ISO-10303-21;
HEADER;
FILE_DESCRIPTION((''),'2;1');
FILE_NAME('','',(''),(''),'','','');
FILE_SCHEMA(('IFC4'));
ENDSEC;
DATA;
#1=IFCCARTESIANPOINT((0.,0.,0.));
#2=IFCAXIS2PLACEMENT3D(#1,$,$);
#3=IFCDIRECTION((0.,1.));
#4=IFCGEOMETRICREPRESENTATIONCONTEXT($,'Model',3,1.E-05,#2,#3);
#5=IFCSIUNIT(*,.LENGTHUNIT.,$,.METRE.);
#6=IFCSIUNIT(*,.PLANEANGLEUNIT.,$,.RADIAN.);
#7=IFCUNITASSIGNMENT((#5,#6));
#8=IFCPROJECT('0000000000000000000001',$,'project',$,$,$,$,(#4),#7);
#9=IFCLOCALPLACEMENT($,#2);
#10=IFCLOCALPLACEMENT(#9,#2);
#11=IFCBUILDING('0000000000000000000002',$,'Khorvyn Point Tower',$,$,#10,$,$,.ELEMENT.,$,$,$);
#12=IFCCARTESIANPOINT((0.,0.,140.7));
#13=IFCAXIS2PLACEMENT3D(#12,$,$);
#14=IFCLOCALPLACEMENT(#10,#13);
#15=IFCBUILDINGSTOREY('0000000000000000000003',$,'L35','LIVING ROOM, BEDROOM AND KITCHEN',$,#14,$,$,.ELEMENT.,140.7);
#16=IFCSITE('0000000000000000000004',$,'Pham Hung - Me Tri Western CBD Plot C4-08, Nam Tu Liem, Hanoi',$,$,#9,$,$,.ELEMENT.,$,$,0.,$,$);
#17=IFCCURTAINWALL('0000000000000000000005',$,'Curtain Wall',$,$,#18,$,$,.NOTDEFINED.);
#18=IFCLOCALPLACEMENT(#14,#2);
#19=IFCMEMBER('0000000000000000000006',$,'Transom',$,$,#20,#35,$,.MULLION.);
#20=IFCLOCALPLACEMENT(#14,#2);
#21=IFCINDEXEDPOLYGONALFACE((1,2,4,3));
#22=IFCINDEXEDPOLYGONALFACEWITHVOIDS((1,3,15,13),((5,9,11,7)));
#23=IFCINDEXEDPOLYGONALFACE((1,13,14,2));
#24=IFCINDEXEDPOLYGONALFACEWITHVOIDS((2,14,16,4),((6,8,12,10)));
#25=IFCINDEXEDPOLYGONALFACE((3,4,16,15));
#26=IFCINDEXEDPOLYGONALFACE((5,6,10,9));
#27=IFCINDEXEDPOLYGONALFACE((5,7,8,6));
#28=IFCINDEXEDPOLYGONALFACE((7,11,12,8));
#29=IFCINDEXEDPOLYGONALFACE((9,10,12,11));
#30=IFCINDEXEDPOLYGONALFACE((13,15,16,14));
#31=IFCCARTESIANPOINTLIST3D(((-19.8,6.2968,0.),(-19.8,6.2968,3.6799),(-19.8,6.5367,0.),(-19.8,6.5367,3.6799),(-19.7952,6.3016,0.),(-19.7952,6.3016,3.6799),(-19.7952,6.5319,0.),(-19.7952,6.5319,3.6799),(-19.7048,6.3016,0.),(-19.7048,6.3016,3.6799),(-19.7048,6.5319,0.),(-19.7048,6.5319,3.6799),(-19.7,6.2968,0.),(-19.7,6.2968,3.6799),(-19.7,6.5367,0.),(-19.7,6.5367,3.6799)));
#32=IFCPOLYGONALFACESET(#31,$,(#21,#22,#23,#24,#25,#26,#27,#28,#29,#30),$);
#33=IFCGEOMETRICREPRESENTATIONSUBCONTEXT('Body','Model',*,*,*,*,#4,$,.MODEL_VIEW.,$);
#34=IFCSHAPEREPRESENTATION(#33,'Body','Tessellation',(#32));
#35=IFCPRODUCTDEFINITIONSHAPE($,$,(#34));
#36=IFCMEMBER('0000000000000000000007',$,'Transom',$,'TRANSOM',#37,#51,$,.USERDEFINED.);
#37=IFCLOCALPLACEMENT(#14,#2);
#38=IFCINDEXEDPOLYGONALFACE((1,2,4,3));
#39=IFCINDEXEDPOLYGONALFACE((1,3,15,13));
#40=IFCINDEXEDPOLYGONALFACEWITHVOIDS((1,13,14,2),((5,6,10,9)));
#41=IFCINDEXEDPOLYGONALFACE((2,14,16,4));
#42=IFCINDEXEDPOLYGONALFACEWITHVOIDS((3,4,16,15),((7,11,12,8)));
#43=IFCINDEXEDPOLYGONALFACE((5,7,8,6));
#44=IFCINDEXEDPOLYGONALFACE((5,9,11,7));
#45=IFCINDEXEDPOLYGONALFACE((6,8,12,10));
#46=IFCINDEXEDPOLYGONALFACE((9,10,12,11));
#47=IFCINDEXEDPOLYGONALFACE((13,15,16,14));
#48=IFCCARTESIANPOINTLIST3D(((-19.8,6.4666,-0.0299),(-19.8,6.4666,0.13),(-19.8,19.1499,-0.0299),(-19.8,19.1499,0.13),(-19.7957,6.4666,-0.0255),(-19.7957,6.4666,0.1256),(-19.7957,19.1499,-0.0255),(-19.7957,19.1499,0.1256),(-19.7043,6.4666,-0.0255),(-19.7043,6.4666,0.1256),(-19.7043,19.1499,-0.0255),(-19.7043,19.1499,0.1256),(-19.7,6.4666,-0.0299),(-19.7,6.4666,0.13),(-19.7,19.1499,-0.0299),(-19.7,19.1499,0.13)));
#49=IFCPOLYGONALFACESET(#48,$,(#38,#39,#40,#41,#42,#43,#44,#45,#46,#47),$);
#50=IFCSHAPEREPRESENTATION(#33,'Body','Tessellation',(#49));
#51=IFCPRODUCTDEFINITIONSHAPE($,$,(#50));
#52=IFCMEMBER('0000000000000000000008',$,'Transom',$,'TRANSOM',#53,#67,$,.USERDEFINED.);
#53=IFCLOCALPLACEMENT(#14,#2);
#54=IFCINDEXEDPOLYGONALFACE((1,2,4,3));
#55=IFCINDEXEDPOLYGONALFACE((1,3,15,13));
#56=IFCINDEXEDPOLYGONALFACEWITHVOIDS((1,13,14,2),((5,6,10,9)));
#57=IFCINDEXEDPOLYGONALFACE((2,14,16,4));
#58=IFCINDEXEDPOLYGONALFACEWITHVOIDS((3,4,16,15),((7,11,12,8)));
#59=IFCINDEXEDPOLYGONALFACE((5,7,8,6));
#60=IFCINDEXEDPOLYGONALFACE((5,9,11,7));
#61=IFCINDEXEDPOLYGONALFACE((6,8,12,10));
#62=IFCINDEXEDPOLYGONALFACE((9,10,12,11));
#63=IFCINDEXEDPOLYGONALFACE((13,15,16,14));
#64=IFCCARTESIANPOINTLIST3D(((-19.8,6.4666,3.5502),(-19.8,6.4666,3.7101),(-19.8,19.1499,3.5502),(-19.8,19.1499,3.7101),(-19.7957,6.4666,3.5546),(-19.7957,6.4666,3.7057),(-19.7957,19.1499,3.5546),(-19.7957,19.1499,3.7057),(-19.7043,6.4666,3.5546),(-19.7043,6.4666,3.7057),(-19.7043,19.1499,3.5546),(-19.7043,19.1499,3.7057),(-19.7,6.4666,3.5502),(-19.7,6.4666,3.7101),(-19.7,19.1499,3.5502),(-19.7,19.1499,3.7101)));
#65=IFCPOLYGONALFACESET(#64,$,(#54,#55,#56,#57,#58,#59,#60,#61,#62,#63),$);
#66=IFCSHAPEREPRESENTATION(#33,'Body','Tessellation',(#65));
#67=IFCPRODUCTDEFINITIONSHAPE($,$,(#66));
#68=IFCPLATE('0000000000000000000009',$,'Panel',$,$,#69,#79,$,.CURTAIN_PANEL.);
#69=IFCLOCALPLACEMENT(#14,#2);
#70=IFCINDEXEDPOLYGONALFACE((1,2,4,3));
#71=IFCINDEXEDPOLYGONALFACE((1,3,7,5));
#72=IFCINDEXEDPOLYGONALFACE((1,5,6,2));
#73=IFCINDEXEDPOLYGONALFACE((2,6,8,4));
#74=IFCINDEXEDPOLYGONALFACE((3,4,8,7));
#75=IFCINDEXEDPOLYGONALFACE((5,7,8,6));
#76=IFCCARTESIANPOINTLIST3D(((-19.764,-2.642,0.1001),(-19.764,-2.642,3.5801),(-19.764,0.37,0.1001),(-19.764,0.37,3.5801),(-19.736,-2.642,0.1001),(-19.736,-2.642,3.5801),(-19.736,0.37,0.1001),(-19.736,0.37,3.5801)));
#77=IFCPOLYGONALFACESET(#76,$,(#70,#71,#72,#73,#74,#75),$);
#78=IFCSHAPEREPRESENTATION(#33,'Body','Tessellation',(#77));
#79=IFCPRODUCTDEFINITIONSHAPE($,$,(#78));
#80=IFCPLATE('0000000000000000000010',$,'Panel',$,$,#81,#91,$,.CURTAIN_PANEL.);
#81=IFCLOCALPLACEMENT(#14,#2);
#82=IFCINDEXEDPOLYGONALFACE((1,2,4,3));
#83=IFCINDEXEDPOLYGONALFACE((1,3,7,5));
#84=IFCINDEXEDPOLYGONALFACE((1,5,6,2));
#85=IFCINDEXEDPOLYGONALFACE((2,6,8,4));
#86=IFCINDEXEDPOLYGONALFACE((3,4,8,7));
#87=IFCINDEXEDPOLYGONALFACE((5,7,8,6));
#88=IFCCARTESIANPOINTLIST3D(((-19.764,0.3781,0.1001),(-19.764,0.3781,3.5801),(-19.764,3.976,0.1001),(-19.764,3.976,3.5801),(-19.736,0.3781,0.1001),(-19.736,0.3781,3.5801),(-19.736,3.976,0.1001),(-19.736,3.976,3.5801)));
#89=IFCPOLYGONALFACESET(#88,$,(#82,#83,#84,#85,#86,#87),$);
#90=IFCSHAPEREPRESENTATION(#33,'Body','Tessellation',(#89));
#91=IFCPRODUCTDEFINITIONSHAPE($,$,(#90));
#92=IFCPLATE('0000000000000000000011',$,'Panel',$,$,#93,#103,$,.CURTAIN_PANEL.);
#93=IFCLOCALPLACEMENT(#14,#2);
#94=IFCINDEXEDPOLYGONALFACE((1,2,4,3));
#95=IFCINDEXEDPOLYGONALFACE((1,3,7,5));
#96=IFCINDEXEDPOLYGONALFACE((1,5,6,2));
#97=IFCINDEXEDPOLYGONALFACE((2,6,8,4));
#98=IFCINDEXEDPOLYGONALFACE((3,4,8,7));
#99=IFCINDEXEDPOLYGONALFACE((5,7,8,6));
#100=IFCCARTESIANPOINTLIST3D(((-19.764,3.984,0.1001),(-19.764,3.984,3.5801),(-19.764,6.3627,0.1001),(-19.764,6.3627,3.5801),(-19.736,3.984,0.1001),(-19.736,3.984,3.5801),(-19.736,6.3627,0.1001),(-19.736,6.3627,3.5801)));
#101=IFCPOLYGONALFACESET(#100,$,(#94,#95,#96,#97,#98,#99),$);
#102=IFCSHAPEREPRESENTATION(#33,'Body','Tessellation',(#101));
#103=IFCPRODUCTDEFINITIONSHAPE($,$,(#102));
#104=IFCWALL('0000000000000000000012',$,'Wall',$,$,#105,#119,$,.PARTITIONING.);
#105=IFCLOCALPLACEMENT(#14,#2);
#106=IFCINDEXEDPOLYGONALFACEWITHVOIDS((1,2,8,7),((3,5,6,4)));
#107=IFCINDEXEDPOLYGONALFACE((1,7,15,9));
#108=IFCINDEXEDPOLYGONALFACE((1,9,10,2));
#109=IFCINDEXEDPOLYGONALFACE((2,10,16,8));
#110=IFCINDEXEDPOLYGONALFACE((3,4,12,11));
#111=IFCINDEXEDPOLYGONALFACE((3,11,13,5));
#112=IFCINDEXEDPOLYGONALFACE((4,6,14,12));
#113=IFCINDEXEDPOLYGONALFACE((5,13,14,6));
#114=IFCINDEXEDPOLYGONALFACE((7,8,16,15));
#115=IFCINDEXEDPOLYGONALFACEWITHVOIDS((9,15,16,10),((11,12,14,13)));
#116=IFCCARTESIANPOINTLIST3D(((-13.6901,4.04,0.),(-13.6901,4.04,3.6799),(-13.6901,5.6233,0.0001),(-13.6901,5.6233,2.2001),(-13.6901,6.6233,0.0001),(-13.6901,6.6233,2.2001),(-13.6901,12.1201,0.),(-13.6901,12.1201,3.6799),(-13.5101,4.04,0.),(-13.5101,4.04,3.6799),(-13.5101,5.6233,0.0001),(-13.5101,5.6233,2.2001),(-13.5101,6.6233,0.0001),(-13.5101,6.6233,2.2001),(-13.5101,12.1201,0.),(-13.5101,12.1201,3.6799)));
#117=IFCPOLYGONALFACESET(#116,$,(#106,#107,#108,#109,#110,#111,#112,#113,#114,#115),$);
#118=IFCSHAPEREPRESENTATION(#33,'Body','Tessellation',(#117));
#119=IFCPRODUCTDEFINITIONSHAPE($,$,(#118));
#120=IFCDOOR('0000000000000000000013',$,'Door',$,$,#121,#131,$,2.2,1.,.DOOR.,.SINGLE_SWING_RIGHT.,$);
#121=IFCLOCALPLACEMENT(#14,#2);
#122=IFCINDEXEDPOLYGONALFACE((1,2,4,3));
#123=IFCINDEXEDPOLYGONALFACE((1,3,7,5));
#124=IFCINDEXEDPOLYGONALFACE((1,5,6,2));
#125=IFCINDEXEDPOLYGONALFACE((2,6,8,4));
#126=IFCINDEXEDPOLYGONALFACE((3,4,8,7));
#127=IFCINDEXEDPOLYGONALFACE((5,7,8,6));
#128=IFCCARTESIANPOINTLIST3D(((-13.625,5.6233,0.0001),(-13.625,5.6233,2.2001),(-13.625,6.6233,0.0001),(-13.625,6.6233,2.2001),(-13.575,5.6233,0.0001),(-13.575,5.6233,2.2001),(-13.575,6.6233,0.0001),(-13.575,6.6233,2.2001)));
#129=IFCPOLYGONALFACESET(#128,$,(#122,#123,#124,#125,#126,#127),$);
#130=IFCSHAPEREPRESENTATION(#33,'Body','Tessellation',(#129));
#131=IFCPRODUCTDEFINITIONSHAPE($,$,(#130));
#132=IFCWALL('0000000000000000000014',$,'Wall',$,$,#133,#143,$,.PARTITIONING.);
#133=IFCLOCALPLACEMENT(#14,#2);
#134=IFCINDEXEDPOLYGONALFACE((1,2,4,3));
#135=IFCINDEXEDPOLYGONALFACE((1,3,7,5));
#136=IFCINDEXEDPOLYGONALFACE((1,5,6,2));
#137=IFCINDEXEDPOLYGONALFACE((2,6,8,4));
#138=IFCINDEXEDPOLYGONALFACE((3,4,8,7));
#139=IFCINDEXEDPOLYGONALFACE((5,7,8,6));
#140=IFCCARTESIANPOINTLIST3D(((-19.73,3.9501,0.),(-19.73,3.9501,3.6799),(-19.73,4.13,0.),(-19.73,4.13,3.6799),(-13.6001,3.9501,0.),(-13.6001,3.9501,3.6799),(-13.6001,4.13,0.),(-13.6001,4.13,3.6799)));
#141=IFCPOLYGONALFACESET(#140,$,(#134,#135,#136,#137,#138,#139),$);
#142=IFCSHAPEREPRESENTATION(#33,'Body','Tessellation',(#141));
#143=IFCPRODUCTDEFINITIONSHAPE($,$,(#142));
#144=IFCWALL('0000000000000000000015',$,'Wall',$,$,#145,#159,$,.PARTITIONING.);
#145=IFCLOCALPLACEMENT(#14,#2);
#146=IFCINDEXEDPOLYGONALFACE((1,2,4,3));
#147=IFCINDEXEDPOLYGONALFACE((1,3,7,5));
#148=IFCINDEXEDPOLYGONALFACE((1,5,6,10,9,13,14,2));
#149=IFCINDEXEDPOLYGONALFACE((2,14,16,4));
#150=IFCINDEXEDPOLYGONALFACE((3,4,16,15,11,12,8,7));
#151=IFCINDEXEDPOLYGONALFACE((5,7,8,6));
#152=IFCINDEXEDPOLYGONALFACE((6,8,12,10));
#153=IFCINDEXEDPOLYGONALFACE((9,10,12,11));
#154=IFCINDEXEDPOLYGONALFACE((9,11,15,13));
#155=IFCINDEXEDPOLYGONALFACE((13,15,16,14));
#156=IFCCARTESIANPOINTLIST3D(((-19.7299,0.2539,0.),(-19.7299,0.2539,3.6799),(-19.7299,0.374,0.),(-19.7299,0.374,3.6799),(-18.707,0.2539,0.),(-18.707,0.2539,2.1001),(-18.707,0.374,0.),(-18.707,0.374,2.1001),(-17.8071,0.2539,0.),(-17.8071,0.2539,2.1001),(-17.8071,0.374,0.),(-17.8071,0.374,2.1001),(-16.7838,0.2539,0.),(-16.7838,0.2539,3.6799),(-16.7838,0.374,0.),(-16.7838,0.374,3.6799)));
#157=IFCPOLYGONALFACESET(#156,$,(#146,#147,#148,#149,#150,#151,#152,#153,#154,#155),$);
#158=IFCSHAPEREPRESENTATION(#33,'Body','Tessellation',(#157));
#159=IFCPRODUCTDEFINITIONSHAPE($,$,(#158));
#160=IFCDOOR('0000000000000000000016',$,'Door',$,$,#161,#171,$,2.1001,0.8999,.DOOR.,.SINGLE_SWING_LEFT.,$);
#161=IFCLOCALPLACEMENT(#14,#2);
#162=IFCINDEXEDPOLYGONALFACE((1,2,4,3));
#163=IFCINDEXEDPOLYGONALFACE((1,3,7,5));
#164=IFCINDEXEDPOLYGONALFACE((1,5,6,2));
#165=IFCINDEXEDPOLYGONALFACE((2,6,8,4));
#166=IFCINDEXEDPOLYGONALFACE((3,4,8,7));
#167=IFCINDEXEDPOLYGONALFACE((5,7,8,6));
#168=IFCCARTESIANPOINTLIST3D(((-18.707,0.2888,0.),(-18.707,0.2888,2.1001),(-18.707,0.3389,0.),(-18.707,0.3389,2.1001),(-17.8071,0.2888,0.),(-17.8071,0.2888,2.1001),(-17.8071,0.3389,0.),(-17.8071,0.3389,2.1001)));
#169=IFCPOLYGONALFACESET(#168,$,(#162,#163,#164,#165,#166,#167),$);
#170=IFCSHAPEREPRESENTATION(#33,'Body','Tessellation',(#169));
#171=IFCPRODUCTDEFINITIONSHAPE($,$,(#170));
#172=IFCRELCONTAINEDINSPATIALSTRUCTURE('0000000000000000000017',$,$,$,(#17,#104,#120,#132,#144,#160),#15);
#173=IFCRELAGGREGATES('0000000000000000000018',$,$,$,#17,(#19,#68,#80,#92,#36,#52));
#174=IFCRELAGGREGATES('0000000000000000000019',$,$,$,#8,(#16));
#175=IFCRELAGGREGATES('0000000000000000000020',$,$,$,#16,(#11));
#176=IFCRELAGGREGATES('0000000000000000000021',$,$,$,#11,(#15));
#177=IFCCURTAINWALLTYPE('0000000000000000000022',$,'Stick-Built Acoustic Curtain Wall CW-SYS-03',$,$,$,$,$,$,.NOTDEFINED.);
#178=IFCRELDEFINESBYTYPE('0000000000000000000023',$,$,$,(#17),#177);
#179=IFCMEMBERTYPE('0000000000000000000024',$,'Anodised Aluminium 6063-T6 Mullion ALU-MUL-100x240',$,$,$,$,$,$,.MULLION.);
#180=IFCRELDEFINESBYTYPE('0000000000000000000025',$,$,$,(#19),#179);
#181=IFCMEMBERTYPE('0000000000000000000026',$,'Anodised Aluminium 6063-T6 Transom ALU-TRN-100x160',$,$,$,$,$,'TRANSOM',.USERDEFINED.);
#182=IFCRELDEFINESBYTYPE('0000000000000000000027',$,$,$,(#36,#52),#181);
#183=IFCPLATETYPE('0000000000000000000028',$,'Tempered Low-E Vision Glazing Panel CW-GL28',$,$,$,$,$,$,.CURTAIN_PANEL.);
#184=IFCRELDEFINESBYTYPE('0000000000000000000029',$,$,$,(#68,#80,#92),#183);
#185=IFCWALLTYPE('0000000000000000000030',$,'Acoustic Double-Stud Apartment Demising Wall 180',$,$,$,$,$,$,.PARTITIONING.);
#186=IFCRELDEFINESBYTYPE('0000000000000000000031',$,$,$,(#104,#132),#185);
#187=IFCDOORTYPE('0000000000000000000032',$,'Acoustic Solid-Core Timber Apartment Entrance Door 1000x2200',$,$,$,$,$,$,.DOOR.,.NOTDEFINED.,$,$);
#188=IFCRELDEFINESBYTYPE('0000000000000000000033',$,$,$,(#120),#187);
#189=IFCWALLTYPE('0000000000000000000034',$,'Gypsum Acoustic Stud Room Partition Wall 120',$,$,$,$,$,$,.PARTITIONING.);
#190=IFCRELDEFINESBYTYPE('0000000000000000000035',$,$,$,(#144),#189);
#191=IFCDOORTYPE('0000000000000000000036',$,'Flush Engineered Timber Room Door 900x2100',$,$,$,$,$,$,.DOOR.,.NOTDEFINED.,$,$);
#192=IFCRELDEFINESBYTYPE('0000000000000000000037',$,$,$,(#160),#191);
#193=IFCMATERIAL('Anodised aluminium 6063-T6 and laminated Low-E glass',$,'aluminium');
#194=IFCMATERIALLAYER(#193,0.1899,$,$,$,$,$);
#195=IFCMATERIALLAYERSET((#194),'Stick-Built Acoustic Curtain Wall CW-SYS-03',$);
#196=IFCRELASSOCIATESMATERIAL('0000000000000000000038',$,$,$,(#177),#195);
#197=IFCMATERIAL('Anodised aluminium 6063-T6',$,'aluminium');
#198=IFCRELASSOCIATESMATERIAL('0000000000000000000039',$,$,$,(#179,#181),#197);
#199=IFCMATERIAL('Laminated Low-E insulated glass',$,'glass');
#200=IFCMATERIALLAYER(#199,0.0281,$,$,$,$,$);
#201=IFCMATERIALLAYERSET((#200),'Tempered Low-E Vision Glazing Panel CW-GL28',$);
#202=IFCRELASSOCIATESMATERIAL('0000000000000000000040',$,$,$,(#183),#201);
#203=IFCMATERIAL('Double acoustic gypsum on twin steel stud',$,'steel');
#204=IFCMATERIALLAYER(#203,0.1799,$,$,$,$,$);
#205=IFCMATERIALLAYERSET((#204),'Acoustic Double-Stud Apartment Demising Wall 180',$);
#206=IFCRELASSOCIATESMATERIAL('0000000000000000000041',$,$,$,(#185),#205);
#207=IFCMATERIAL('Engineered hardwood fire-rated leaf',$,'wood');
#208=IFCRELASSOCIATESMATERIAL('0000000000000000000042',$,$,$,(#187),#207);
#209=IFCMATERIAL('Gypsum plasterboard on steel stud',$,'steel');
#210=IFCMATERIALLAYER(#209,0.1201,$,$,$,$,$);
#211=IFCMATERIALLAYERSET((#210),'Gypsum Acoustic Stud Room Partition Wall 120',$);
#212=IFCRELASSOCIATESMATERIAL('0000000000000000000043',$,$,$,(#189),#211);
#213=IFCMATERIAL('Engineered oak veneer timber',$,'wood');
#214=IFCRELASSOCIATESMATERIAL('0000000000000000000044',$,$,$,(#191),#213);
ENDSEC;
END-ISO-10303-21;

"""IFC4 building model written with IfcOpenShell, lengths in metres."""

from ifc_helpers import new_model, si_unit, direction, frame, frame_2d, origin, origin_2d, place, context, subcontext, project, spatial, rectangle, hollow_rectangle, extrude, material, layer, layer_set, material_profile, profile_set, type_object, element, fill, aggregate, save


model = new_model("IFC4")

# Units and contexts
model_context = context("Model", 3, precision=1e-05, world=origin(), true_north=direction((0.0, 1.0)))
body_context = subcontext(model_context, "Body", "Model", "MODEL_VIEW")
ifc_project = project(units=[si_unit("LENGTHUNIT", "METRE"), si_unit("PLANEANGLEUNIT", "RADIAN")], contexts=[model_context])

# Site, building, storey
site_placement = place(None, origin())
site = spatial("IfcSite", under=ifc_project, at=site_placement, Name="Pham Hung - Me Tri Western CBD Plot C4-08, Nam Tu Liem, Hanoi", CompositionType="ELEMENT", RefElevation=0.0)
building_placement = place(site_placement, origin())
building = spatial("IfcBuilding", under=site, at=building_placement, Name="Khorvyn Point Tower", CompositionType="ELEMENT")
storey_placement = place(building_placement, frame((0.0, 0.0, 140.7)))
storey = spatial("IfcBuildingStorey", under=building, at=storey_placement, Name="L35", Description="LIVING ROOM, BEDROOM AND KITCHEN", CompositionType="ELEMENT", Elevation=140.7)

# Curtain wall, members, plates
ifc_material_1 = material(Name="Anodised aluminium 6063-T6 and laminated Low-E glass", Category="aluminium")
ifc_layer_1 = layer(ifc_material_1, 0.1899)
ifc_layer_set_1 = layer_set([ifc_layer_1], Name="Stick-Built Acoustic Curtain Wall CW-SYS-03")
curtain_wall_type = type_object("IfcCurtainWallType", Name="Stick-Built Acoustic Curtain Wall CW-SYS-03", PredefinedType="NOTDEFINED", material=ifc_layer_set_1)
curtain_wall_placement = place(storey_placement, origin())
curtain_wall = element("IfcCurtainWall", 1, at=curtain_wall_placement, inside=storey, type_object=curtain_wall_type, Name="Curtain Wall", PredefinedType="NOTDEFINED")
ifc_material_2 = material(Name="Anodised aluminium 6063-T6", Category="aluminium")
ifc_material_profile_1 = material_profile(ifc_material_2, hollow_rectangle(XDim=0.1001, YDim=0.24, WallThickness=0.0049, at=origin_2d()))
ifc_profile_set_1 = profile_set([ifc_material_profile_1], Name="Anodised aluminium 6063-T6 ALU-MUL-100x240")
member_type_1 = type_object("IfcMemberType", Name="Anodised Aluminium 6063-T6 Mullion ALU-MUL-100x240", PredefinedType="MULLION", material=ifc_profile_set_1)
member_1_placement = place(storey_placement, frame((-19.75, 6.4167, 0.0), z_axis=(0.0, 0.0, 1.0), x_axis=(-1.0, 0.0, 0.0)))
member_1 = element("IfcMember", 2, at=member_1_placement, type_object=member_type_1, Name="Transom", PredefinedType="MULLION", context=body_context, shape_type="SweptSolid", body=[
    extrude(hollow_rectangle(XDim=0.1001, YDim=0.24, WallThickness=0.0049, at=origin_2d()), origin(), (0.0, 0.0, 1.0), 3.6799),
])
ifc_material_profile_2 = material_profile(ifc_material_2, hollow_rectangle(XDim=0.1001, YDim=0.1599, WallThickness=0.0044, at=origin_2d()))
ifc_profile_set_2 = profile_set([ifc_material_profile_2], Name="Anodised aluminium 6063-T6 ALU-TRN-100x160")
member_type_2 = type_object("IfcMemberType", Name="Anodised Aluminium 6063-T6 Transom ALU-TRN-100x160", ElementType="TRANSOM", PredefinedType="USERDEFINED", material=ifc_profile_set_2)
member_2_placement = place(storey_placement, frame((-19.75, 6.4666, 0.05), z_axis=(0.0, 1.0, 0.0), x_axis=(-1.0, 0.0, 0.0)))
member_2 = element("IfcMember", 3, at=member_2_placement, type_object=member_type_2, Name="Transom", ObjectType="TRANSOM", PredefinedType="USERDEFINED", context=body_context, shape_type="SweptSolid", body=[
    extrude(hollow_rectangle(XDim=0.1001, YDim=0.1599, WallThickness=0.0044, at=origin_2d()), origin(), (0.0, 0.0, 1.0), 12.6833),
])
member_3_placement = place(storey_placement, frame((-19.75, 6.4666, 3.6301), z_axis=(0.0, 1.0, 0.0), x_axis=(-1.0, 0.0, 0.0)))
member_3 = element("IfcMember", 4, at=member_3_placement, type_object=member_type_2, Name="Transom", ObjectType="TRANSOM", PredefinedType="USERDEFINED", context=body_context, shape_type="SweptSolid", body=[
    extrude(hollow_rectangle(XDim=0.1001, YDim=0.1599, WallThickness=0.0044, at=origin_2d()), origin(), (0.0, 0.0, 1.0), 12.6833),
])
ifc_material_3 = material(Name="Laminated Low-E insulated glass", Category="glass")
ifc_layer_2 = layer(ifc_material_3, 0.0281)
ifc_layer_set_2 = layer_set([ifc_layer_2], Name="Tempered Low-E Vision Glazing Panel CW-GL28")
plate_type = type_object("IfcPlateType", Name="Tempered Low-E Vision Glazing Panel CW-GL28", PredefinedType="CURTAIN_PANEL", material=ifc_layer_set_2)
plate_1_placement = place(storey_placement, frame((-19.75, -1.136, 0.1001), z_axis=(0.0, 0.0, 1.0), x_axis=(0.0, 1.0, 0.0)))
plate_1 = element("IfcPlate", 5, at=plate_1_placement, type_object=plate_type, Name="Panel", PredefinedType="CURTAIN_PANEL", context=body_context, shape_type="SweptSolid", body=[
    extrude(rectangle(XDim=3.012, YDim=0.0281, at=origin_2d()), origin(), (0.0, 0.0, 1.0), 3.48),
])
plate_2_placement = place(storey_placement, frame((-19.75, 2.177, 0.1001), z_axis=(0.0, 0.0, 1.0), x_axis=(0.0, 1.0, 0.0)))
plate_2 = element("IfcPlate", 6, at=plate_2_placement, type_object=plate_type, Name="Panel", PredefinedType="CURTAIN_PANEL", context=body_context, shape_type="SweptSolid", body=[
    extrude(rectangle(XDim=3.5979, YDim=0.0281, at=origin_2d()), origin(), (0.0, 0.0, 1.0), 3.48),
])
plate_3_placement = place(storey_placement, frame((-19.75, 5.1733, 0.1001), z_axis=(0.0, 0.0, 1.0), x_axis=(0.0, 1.0, 0.0)))
plate_3 = element("IfcPlate", 7, at=plate_3_placement, type_object=plate_type, Name="Panel", PredefinedType="CURTAIN_PANEL", context=body_context, shape_type="SweptSolid", body=[
    extrude(rectangle(XDim=2.3787, YDim=0.0281, at=origin_2d()), origin(), (0.0, 0.0, 1.0), 3.48),
])
aggregate(curtain_wall, [member_1, plate_1, plate_2, plate_3, member_2, member_3])

# Wall, opening, door
ifc_material_4 = material(Name="Double acoustic gypsum on twin steel stud", Category="steel")
ifc_layer_3 = layer(ifc_material_4, 0.1799)
ifc_layer_set_3 = layer_set([ifc_layer_3], Name="Acoustic Double-Stud Apartment Demising Wall 180")
wall_type_1 = type_object("IfcWallType", Name="Acoustic Double-Stud Apartment Demising Wall 180", PredefinedType="PARTITIONING", material=ifc_layer_set_3)
wall_1_placement = place(storey_placement, frame((-13.6001, 4.04, 0.0), z_axis=(0.0, 0.0, 1.0), x_axis=(0.0, 1.0, 0.0)))
wall_1 = element("IfcWall", 8, at=wall_1_placement, inside=storey, type_object=wall_type_1, Name="Wall", PredefinedType="PARTITIONING", context=body_context, shape_type="SweptSolid", body=[
    extrude(rectangle(XDim=8.0801, YDim=0.1799, at=frame_2d((4.04, 0.0))), origin(), (0.0, 0.0, 1.0), 3.6799),
])
opening_1_placement = place(wall_1_placement, frame((1.5833, 0.0, 0.0)))
opening_1 = element("IfcOpeningElement", 9, at=opening_1_placement, cuts=wall_1, PredefinedType="OPENING", context=body_context, shape_type="SweptSolid", body=[
    extrude(rectangle(XDim=1.0, YDim=2.2, at=frame_2d((0.5, 1.1001))), frame((0.0, 0.0999, 0.0), z_axis=(0.0, -1.0, 0.0), x_axis=(1.0, 0.0, 0.0)), (0.0, 0.0, 1.0), 0.2),
])
ifc_material_5 = material(Name="Engineered hardwood fire-rated leaf", Category="wood")
door_type_1 = type_object("IfcDoorType", Name="Acoustic Solid-Core Timber Apartment Entrance Door 1000x2200", OperationType="NOTDEFINED", PredefinedType="DOOR", material=ifc_material_5)
door_1_placement = place(opening_1_placement, origin())
door_1 = element("IfcDoor", 10, at=door_1_placement, inside=storey, type_object=door_type_1, Name="Door", OperationType="SINGLE_SWING_RIGHT", OverallHeight=2.2, OverallWidth=1.0, PredefinedType="DOOR", context=body_context, shape_type="SweptSolid", body=[
    extrude(rectangle(XDim=1.0, YDim=2.2, at=frame_2d((0.5, 1.1001))), frame((0.0, 0.0249, 0.0), z_axis=(0.0, -1.0, 0.0), x_axis=(1.0, 0.0, 0.0)), (0.0, 0.0, 1.0), 0.05),
])
fill(opening_1, door_1)

# Wall
wall_2_placement = place(storey_placement, frame((-19.73, 4.04, 0.0), z_axis=(0.0, 0.0, 1.0), x_axis=(1.0, 0.0, 0.0)))
element("IfcWall", 11, at=wall_2_placement, inside=storey, type_object=wall_type_1, Name="Wall", PredefinedType="PARTITIONING", context=body_context, shape_type="SweptSolid", body=[
    extrude(rectangle(XDim=6.1299, YDim=0.1799, at=frame_2d((3.0649, 0.0))), origin(), (0.0, 0.0, 1.0), 3.6799),
])

# Wall, opening, door
ifc_material_6 = material(Name="Gypsum plasterboard on steel stud", Category="steel")
ifc_layer_4 = layer(ifc_material_6, 0.1201)
ifc_layer_set_4 = layer_set([ifc_layer_4], Name="Gypsum Acoustic Stud Room Partition Wall 120")
wall_type_2 = type_object("IfcWallType", Name="Gypsum Acoustic Stud Room Partition Wall 120", PredefinedType="PARTITIONING", material=ifc_layer_set_4)
wall_3_placement = place(storey_placement, frame((-19.73, 0.314, 0.0), z_axis=(0.0, 0.0, 1.0), x_axis=(1.0, 0.0, 0.0)))
wall_3 = element("IfcWall", 12, at=wall_3_placement, inside=storey, type_object=wall_type_2, Name="Wall", PredefinedType="PARTITIONING", context=body_context, shape_type="SweptSolid", body=[
    extrude(rectangle(XDim=2.946, YDim=0.1201, at=frame_2d((1.4731, 0.0))), origin(), (0.0, 0.0, 1.0), 3.6799),
])
opening_2_placement = place(wall_3_placement, frame((1.0229, 0.0, 0.0)))
opening_2 = element("IfcOpeningElement", 13, at=opening_2_placement, cuts=wall_3, PredefinedType="OPENING", context=body_context, shape_type="SweptSolid", body=[
    extrude(rectangle(XDim=0.8999, YDim=2.1001, at=frame_2d((0.45, 1.05))), frame((0.0, 0.0701, 0.0), z_axis=(0.0, -1.0, 0.0), x_axis=(1.0, 0.0, 0.0)), (0.0, 0.0, 1.0), 0.1401),
])
ifc_material_7 = material(Name="Engineered oak veneer timber", Category="wood")
door_type_2 = type_object("IfcDoorType", Name="Flush Engineered Timber Room Door 900x2100", OperationType="NOTDEFINED", PredefinedType="DOOR", material=ifc_material_7)
door_2_placement = place(opening_2_placement, origin())
door_2 = element("IfcDoor", 14, at=door_2_placement, inside=storey, type_object=door_type_2, Name="Door", OperationType="SINGLE_SWING_LEFT", OverallHeight=2.1001, OverallWidth=0.8999, PredefinedType="DOOR", context=body_context, shape_type="SweptSolid", body=[
    extrude(rectangle(XDim=0.8999, YDim=2.1001, at=frame_2d((0.45, 1.05))), frame((0.0, 0.0249, 0.0), z_axis=(0.0, -1.0, 0.0), x_axis=(1.0, 0.0, 0.0)), (0.0, 0.0, 1.0), 0.05),
])
fill(opening_2, door_2)

save(model, "model.ifc")
